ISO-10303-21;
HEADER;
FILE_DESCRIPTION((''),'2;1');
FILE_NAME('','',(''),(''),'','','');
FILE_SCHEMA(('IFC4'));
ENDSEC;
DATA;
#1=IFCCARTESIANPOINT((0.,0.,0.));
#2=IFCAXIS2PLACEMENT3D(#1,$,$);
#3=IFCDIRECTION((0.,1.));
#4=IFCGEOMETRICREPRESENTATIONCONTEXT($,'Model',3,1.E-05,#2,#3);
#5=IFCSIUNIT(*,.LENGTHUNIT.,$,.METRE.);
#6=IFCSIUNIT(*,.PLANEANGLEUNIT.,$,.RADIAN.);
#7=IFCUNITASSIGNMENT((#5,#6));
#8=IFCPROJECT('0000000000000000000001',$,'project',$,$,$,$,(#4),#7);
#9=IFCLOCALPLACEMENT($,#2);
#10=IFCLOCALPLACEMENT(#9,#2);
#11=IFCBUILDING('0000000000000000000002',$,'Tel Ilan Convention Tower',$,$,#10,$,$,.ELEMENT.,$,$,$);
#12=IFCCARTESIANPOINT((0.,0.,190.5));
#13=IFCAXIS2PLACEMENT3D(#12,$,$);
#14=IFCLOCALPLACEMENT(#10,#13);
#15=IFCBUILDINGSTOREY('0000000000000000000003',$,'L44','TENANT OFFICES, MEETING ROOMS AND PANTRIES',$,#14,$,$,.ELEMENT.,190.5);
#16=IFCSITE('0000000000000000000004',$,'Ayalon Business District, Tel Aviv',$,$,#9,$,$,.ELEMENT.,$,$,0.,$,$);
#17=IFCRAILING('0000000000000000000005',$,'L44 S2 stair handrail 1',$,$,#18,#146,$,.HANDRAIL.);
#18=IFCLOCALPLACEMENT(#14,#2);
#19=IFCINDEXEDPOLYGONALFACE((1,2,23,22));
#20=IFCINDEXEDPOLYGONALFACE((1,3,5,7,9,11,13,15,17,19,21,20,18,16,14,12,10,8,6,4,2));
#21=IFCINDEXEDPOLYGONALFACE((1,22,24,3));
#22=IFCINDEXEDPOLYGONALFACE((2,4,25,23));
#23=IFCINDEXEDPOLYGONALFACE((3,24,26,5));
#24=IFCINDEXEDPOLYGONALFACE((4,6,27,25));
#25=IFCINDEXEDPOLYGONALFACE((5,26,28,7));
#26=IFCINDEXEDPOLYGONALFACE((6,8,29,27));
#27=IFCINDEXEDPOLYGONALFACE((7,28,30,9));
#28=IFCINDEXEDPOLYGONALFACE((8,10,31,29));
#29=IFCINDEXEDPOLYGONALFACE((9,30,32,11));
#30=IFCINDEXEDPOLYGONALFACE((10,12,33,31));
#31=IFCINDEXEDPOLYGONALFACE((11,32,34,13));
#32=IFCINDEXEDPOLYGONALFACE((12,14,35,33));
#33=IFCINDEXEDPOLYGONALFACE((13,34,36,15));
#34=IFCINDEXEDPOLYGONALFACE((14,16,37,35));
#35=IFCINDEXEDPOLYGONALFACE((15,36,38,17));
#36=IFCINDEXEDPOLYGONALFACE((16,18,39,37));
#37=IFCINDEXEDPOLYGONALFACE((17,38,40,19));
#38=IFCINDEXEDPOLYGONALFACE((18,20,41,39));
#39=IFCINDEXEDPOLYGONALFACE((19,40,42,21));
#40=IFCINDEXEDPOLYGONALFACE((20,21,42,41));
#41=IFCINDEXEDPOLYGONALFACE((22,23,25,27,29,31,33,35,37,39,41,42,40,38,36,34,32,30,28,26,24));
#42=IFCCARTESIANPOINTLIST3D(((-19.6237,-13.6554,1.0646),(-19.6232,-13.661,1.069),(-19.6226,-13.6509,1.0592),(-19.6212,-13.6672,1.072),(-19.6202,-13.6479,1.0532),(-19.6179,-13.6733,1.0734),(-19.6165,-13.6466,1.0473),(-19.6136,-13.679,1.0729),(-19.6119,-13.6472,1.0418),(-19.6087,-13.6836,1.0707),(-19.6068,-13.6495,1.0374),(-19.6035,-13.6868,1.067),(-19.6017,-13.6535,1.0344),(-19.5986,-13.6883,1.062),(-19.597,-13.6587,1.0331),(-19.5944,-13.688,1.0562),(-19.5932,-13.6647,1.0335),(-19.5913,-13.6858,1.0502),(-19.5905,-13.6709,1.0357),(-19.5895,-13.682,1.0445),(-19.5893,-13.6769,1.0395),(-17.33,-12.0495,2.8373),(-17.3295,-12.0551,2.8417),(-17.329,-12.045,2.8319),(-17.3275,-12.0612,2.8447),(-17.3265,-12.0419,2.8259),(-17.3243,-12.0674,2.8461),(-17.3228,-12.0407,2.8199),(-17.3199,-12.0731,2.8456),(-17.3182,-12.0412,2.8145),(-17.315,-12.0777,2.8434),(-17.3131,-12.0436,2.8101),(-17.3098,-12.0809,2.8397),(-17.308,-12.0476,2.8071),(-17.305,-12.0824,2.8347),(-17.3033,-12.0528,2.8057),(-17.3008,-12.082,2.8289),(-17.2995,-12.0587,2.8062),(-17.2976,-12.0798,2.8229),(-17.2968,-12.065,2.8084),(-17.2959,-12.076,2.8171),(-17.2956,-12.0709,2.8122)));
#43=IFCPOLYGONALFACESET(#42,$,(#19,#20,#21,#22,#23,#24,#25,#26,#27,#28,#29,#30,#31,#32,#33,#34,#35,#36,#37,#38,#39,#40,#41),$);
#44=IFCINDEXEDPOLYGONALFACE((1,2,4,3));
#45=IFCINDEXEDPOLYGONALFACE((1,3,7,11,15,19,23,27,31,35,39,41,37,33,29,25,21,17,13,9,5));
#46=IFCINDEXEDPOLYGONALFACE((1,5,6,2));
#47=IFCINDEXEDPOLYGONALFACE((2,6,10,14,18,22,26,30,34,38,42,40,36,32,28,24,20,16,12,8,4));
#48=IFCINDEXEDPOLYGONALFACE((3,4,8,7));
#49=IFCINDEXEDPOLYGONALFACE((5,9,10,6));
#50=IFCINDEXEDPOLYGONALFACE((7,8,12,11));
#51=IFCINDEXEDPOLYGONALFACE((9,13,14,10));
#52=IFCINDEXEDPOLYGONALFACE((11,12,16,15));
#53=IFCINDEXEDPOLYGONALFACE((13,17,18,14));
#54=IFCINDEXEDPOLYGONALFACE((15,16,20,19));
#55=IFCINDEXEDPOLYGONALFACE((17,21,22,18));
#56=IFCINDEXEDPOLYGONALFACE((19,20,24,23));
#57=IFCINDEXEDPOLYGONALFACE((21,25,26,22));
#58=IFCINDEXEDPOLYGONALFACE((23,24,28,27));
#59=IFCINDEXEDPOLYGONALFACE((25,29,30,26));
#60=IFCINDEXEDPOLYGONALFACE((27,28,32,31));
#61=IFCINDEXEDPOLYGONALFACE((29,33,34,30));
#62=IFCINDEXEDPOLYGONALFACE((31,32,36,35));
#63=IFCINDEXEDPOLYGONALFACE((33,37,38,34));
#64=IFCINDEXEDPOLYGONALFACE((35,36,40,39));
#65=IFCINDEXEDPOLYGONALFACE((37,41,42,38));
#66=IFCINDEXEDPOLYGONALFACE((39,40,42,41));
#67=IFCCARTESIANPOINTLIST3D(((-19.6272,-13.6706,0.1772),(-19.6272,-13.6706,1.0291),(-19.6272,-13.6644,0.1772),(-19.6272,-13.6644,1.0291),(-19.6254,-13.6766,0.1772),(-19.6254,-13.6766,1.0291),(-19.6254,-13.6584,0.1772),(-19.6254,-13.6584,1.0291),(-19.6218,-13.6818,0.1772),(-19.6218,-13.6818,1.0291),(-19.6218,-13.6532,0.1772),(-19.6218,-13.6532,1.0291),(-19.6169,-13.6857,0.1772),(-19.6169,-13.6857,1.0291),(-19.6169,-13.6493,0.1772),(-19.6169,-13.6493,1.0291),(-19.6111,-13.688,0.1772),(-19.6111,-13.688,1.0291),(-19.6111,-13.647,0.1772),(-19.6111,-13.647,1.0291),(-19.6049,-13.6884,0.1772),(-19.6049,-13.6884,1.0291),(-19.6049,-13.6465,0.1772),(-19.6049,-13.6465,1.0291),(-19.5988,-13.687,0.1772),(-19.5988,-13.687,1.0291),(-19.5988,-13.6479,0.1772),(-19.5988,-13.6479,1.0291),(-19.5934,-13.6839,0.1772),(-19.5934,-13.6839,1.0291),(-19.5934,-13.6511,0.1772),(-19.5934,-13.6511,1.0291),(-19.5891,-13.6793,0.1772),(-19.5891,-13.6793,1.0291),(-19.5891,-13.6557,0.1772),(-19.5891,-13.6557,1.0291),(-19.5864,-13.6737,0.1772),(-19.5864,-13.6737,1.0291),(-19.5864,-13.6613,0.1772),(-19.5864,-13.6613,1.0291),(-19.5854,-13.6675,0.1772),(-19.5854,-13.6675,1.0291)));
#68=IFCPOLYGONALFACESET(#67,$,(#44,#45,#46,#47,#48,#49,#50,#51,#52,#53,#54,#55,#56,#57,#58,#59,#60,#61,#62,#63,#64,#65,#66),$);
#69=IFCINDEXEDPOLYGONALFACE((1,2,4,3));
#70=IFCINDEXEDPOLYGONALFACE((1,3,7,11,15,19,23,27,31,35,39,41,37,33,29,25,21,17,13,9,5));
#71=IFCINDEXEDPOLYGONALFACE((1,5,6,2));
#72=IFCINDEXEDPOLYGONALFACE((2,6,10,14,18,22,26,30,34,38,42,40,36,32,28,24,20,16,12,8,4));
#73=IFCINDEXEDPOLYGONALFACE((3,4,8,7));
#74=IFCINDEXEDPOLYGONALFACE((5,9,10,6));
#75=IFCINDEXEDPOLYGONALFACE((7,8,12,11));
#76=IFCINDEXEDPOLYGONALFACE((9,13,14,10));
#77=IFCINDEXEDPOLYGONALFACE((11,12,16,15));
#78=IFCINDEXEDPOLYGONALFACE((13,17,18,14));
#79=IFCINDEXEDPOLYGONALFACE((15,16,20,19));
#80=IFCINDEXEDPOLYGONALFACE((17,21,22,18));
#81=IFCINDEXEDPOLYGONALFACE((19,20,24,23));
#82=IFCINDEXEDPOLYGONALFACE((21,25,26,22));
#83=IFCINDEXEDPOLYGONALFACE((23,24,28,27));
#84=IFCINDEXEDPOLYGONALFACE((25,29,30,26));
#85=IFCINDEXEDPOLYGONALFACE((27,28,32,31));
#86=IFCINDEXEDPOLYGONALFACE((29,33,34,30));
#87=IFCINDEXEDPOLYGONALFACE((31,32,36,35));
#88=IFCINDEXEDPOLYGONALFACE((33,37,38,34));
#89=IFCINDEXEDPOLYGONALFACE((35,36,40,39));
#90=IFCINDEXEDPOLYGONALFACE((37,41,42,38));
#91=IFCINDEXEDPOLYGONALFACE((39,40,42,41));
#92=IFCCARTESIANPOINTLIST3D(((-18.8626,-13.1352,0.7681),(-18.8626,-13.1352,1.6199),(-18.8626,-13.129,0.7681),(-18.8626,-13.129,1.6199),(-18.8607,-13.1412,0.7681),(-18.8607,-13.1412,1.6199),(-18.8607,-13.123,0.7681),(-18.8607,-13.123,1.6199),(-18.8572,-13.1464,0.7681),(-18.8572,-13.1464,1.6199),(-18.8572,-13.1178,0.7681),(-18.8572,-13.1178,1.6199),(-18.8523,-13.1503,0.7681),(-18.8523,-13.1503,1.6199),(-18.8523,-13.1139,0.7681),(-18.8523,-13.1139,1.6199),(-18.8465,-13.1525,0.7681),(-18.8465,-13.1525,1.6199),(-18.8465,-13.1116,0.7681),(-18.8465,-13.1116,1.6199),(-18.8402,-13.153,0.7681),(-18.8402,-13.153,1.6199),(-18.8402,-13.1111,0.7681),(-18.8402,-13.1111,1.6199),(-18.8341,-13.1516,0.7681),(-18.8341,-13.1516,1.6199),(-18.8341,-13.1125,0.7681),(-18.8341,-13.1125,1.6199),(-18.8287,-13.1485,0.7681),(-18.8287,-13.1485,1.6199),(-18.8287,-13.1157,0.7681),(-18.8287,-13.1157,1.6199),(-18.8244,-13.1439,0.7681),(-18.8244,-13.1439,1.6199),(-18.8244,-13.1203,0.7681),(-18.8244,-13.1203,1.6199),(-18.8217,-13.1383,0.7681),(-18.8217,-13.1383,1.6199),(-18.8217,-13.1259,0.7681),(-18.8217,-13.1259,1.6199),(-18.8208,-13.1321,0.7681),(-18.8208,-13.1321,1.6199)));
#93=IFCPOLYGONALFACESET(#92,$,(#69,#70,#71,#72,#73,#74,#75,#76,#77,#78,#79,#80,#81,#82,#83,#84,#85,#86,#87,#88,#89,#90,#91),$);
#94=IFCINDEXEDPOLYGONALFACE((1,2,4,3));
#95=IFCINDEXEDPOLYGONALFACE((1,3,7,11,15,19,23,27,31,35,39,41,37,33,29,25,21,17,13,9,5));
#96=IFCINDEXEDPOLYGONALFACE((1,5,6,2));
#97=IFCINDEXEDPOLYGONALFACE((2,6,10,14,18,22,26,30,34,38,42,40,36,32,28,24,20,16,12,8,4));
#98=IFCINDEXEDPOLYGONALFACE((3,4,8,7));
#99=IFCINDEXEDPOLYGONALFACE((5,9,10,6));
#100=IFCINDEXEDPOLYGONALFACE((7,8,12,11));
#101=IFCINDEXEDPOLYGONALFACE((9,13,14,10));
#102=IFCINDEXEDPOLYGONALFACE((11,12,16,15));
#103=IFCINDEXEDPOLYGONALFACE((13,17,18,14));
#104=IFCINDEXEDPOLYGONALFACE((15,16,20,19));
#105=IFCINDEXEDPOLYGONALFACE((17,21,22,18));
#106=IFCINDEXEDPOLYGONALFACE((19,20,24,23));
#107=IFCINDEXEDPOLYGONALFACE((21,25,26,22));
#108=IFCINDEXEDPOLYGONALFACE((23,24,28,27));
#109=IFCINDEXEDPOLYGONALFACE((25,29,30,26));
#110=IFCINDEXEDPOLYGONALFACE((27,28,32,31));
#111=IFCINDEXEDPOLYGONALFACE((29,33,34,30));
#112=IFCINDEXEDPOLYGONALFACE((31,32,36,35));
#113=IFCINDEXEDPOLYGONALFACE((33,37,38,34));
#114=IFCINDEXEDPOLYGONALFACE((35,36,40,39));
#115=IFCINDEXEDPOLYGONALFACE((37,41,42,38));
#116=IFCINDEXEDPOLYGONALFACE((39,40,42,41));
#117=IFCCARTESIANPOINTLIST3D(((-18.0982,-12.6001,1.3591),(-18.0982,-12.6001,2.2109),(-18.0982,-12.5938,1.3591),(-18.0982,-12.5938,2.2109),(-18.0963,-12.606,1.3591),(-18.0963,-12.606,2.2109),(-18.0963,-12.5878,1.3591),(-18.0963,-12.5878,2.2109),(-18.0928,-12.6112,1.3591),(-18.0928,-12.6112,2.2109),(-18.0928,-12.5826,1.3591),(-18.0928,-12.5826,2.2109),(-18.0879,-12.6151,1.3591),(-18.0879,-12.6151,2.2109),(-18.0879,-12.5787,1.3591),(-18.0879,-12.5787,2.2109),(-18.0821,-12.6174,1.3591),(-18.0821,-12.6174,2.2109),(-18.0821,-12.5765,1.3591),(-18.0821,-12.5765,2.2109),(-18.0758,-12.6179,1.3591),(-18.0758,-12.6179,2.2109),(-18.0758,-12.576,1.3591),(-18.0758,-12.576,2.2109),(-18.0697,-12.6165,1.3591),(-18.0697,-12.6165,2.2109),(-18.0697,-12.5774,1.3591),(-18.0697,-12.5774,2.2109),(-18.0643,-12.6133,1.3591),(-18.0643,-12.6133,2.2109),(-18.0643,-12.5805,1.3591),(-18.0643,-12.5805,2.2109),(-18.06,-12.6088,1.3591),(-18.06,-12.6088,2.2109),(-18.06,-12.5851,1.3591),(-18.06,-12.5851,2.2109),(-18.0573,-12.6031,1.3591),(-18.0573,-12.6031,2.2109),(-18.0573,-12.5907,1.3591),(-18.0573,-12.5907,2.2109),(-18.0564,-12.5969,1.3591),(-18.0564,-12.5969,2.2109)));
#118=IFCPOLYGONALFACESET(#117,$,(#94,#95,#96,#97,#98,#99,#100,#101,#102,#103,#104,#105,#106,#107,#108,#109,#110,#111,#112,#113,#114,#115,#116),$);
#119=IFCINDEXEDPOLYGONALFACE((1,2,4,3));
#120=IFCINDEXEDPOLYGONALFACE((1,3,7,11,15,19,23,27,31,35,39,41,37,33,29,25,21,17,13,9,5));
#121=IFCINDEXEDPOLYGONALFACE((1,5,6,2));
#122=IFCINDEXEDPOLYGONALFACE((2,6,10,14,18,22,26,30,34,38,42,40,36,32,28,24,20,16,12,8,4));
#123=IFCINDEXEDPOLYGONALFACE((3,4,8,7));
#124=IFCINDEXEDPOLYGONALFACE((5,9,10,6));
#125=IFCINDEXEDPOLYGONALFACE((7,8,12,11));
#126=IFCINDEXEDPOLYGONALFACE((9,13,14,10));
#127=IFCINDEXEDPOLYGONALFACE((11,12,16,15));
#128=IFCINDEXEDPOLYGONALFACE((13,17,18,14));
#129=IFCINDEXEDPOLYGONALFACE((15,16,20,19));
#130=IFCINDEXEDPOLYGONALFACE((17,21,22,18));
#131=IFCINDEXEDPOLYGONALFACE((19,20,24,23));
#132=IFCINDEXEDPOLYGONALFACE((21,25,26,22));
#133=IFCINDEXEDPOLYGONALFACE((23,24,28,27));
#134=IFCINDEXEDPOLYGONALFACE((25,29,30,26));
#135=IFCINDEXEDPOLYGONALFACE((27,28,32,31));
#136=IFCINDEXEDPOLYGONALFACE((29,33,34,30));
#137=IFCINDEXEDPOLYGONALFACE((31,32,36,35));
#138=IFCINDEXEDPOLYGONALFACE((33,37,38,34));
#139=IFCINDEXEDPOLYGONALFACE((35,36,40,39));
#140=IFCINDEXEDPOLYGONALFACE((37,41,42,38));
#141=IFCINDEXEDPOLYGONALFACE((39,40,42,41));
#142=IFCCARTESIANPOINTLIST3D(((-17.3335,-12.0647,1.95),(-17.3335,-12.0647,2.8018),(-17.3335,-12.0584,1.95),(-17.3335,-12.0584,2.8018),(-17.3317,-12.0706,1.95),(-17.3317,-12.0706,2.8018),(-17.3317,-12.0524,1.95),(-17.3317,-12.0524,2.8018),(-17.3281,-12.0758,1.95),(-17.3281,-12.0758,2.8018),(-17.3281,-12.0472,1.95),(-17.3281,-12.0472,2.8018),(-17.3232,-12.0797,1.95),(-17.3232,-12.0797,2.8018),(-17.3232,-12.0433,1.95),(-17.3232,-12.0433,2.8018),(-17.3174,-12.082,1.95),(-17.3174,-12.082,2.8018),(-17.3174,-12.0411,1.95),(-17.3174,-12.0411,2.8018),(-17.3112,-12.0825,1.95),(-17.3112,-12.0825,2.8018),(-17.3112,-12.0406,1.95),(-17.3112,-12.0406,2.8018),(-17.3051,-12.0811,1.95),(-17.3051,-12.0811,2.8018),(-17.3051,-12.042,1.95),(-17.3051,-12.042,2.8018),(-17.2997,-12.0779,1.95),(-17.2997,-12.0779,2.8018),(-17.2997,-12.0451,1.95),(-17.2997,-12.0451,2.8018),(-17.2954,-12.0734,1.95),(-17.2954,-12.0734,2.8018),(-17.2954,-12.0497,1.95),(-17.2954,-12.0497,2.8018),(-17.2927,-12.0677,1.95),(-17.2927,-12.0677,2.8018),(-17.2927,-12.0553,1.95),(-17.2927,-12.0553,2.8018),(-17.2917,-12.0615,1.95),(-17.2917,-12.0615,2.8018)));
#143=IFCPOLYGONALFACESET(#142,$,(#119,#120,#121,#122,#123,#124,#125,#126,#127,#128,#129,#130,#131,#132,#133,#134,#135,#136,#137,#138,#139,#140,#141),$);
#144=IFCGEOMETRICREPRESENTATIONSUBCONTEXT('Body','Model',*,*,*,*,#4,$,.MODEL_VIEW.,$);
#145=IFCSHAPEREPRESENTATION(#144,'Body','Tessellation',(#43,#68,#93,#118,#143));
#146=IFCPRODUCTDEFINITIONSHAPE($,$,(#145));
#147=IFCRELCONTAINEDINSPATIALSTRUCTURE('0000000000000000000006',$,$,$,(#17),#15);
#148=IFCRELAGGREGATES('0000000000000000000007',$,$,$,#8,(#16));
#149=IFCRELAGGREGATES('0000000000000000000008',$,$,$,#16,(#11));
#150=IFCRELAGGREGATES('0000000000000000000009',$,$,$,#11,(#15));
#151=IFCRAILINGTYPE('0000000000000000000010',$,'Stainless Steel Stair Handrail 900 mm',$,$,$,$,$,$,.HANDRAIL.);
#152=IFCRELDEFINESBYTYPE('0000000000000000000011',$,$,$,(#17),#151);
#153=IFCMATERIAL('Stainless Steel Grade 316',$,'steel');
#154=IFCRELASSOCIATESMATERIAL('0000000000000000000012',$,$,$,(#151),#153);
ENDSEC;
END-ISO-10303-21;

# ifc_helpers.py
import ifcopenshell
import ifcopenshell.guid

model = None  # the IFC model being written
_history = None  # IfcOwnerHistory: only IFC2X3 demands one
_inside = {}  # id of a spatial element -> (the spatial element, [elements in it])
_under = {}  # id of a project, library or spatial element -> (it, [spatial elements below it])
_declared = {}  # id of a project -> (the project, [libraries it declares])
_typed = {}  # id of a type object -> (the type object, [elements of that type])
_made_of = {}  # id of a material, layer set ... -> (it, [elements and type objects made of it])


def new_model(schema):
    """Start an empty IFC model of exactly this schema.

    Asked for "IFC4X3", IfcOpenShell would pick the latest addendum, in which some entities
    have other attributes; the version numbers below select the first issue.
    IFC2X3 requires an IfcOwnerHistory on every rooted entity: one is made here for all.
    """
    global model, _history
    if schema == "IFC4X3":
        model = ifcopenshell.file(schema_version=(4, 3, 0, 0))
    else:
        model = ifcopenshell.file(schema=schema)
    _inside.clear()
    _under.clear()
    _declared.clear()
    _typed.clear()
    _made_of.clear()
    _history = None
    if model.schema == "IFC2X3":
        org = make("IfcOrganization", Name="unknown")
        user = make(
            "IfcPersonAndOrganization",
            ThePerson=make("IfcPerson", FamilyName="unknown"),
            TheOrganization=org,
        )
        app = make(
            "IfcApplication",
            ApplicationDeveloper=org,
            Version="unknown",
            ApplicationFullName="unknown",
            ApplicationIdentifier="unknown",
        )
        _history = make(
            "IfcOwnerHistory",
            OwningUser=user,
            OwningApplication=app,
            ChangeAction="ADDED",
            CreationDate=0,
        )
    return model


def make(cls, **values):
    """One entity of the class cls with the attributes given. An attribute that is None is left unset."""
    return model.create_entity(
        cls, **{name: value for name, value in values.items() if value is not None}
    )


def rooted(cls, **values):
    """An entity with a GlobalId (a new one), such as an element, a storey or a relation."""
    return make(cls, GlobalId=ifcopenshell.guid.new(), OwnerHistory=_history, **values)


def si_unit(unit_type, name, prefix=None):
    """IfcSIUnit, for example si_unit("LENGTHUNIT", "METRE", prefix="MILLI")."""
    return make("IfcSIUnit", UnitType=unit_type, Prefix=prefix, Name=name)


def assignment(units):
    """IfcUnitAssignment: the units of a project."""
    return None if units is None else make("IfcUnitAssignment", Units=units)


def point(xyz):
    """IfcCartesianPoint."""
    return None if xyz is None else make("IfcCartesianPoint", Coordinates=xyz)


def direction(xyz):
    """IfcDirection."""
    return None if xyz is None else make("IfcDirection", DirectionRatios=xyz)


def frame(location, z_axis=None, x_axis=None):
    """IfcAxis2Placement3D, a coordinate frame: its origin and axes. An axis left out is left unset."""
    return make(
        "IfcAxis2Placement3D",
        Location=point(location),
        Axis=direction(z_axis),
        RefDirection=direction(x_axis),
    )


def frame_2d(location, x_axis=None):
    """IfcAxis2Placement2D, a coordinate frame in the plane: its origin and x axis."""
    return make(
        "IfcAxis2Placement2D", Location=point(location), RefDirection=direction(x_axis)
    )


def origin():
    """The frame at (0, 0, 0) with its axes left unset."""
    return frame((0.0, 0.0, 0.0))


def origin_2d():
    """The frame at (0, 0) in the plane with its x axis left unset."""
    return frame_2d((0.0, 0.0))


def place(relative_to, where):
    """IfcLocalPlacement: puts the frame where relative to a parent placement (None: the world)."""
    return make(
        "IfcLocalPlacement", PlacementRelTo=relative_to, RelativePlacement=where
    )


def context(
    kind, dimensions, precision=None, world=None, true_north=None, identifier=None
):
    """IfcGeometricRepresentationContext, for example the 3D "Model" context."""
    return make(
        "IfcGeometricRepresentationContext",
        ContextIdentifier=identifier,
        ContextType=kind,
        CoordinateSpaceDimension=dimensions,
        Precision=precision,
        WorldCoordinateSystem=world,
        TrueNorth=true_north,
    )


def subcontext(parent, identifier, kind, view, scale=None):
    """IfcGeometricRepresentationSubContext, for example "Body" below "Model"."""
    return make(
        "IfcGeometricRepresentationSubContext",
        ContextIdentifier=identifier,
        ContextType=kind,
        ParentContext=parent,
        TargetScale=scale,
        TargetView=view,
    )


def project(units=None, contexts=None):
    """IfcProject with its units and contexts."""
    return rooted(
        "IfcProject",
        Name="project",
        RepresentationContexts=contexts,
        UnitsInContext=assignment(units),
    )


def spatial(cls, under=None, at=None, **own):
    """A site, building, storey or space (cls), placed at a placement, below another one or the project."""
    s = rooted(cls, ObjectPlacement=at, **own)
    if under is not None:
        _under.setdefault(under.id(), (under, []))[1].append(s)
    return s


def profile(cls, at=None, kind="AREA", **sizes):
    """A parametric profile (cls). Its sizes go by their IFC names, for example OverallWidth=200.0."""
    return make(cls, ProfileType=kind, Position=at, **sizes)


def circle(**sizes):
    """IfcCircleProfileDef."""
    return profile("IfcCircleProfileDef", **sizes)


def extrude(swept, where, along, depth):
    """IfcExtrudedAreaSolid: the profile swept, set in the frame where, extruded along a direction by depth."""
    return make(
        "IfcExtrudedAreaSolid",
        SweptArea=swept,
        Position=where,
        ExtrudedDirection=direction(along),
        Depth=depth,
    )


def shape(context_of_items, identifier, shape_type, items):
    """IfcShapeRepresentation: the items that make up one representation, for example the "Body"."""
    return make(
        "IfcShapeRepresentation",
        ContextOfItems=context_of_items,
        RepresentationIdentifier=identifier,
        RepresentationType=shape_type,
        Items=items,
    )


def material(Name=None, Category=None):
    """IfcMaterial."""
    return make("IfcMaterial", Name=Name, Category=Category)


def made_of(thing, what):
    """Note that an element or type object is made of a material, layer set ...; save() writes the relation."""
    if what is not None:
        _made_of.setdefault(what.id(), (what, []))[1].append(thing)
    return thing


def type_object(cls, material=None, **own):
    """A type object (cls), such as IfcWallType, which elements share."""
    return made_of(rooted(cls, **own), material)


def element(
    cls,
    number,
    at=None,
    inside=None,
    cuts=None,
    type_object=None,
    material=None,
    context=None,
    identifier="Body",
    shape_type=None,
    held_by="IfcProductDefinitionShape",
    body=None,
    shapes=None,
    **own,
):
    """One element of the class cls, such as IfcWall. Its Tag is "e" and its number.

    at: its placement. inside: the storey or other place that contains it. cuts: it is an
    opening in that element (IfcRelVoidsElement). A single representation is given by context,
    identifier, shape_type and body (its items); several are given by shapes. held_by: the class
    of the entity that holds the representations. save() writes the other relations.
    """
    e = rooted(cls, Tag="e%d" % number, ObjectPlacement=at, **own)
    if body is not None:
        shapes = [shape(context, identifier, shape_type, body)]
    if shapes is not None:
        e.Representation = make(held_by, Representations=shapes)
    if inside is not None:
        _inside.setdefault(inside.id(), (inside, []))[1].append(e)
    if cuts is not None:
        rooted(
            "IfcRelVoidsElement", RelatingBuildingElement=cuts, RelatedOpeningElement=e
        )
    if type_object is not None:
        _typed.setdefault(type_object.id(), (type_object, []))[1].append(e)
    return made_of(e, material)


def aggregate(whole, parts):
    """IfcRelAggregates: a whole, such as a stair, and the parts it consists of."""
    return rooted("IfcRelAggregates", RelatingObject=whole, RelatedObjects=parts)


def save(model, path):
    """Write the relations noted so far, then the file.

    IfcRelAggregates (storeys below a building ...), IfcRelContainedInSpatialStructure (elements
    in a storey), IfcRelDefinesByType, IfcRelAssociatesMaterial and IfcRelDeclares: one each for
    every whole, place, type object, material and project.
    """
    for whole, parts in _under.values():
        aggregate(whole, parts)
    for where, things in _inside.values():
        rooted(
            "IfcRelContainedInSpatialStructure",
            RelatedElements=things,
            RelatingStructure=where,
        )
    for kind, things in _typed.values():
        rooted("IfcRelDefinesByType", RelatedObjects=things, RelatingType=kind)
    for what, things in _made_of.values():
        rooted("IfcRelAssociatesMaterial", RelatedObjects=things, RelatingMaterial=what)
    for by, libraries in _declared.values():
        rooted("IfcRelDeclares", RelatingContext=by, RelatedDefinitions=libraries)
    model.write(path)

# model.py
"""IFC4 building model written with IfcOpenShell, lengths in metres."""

from ifc_helpers import new_model, si_unit, direction, frame, origin, origin_2d, place, context, subcontext, project, spatial, circle, extrude, material, type_object, element, save


model = new_model("IFC4")

# Units and contexts
model_context = context("Model", 3, precision=1e-05, world=origin(), true_north=direction((0.0, 1.0)))
body_context = subcontext(model_context, "Body", "Model", "MODEL_VIEW")
ifc_project = project(units=[si_unit("LENGTHUNIT", "METRE"), si_unit("PLANEANGLEUNIT", "RADIAN")], contexts=[model_context])

# Site, building, storey
site_placement = place(None, origin())
site = spatial("IfcSite", under=ifc_project, at=site_placement, Name="Ayalon Business District, Tel Aviv", CompositionType="ELEMENT", RefElevation=0.0)
building_placement = place(site_placement, origin())
building = spatial("IfcBuilding", under=site, at=building_placement, Name="Tel Ilan Convention Tower", CompositionType="ELEMENT")
storey_placement = place(building_placement, frame((0.0, 0.0, 190.5)))
storey = spatial("IfcBuildingStorey", under=building, at=storey_placement, Name="L44", Description="TENANT OFFICES, MEETING ROOMS AND PANTRIES", CompositionType="ELEMENT", Elevation=190.5)

# Railing
ifc_material_1 = material(Name="Stainless Steel Grade 316", Category="steel")
railing_type_1 = type_object("IfcRailingType", Name="Stainless Steel Stair Handrail 900 mm", PredefinedType="HANDRAIL", material=ifc_material_1)
railing_1_placement = place(storey_placement, frame((-19.6064, -13.6675, 0.1772)))
element("IfcRailing", 1, at=railing_1_placement, inside=storey, type_object=railing_type_1, Name="L44 S2 stair handrail 1", PredefinedType="HANDRAIL", context=body_context, shape_type="SweptSolid", body=[
    extrude(circle(Radius=0.0239, at=origin_2d()), frame((0.0, 0.0, 0.876), z_axis=(0.692123, 0.484597, 0.534913), x_axis=(-0.57355, 0.81917, 0.0)), (0.0, 0.0, 1.0), 3.314),
    extrude(circle(Radius=0.021, at=origin_2d()), origin(), (0.0, 0.0, 1.0), 0.8518),
    extrude(circle(Radius=0.021, at=origin_2d()), frame((0.7646, 0.5354, 0.5908)), (0.0, 0.0, 1.0), 0.8518),
    extrude(circle(Radius=0.021, at=origin_2d()), frame((1.5291, 1.0706, 1.1819)), (0.0, 0.0, 1.0), 0.8518),
    extrude(circle(Radius=0.021, at=origin_2d()), frame((2.2937, 1.606, 1.7727)), (0.0, 0.0, 1.0), 0.8518),
])

save(model, "model.ifc")
